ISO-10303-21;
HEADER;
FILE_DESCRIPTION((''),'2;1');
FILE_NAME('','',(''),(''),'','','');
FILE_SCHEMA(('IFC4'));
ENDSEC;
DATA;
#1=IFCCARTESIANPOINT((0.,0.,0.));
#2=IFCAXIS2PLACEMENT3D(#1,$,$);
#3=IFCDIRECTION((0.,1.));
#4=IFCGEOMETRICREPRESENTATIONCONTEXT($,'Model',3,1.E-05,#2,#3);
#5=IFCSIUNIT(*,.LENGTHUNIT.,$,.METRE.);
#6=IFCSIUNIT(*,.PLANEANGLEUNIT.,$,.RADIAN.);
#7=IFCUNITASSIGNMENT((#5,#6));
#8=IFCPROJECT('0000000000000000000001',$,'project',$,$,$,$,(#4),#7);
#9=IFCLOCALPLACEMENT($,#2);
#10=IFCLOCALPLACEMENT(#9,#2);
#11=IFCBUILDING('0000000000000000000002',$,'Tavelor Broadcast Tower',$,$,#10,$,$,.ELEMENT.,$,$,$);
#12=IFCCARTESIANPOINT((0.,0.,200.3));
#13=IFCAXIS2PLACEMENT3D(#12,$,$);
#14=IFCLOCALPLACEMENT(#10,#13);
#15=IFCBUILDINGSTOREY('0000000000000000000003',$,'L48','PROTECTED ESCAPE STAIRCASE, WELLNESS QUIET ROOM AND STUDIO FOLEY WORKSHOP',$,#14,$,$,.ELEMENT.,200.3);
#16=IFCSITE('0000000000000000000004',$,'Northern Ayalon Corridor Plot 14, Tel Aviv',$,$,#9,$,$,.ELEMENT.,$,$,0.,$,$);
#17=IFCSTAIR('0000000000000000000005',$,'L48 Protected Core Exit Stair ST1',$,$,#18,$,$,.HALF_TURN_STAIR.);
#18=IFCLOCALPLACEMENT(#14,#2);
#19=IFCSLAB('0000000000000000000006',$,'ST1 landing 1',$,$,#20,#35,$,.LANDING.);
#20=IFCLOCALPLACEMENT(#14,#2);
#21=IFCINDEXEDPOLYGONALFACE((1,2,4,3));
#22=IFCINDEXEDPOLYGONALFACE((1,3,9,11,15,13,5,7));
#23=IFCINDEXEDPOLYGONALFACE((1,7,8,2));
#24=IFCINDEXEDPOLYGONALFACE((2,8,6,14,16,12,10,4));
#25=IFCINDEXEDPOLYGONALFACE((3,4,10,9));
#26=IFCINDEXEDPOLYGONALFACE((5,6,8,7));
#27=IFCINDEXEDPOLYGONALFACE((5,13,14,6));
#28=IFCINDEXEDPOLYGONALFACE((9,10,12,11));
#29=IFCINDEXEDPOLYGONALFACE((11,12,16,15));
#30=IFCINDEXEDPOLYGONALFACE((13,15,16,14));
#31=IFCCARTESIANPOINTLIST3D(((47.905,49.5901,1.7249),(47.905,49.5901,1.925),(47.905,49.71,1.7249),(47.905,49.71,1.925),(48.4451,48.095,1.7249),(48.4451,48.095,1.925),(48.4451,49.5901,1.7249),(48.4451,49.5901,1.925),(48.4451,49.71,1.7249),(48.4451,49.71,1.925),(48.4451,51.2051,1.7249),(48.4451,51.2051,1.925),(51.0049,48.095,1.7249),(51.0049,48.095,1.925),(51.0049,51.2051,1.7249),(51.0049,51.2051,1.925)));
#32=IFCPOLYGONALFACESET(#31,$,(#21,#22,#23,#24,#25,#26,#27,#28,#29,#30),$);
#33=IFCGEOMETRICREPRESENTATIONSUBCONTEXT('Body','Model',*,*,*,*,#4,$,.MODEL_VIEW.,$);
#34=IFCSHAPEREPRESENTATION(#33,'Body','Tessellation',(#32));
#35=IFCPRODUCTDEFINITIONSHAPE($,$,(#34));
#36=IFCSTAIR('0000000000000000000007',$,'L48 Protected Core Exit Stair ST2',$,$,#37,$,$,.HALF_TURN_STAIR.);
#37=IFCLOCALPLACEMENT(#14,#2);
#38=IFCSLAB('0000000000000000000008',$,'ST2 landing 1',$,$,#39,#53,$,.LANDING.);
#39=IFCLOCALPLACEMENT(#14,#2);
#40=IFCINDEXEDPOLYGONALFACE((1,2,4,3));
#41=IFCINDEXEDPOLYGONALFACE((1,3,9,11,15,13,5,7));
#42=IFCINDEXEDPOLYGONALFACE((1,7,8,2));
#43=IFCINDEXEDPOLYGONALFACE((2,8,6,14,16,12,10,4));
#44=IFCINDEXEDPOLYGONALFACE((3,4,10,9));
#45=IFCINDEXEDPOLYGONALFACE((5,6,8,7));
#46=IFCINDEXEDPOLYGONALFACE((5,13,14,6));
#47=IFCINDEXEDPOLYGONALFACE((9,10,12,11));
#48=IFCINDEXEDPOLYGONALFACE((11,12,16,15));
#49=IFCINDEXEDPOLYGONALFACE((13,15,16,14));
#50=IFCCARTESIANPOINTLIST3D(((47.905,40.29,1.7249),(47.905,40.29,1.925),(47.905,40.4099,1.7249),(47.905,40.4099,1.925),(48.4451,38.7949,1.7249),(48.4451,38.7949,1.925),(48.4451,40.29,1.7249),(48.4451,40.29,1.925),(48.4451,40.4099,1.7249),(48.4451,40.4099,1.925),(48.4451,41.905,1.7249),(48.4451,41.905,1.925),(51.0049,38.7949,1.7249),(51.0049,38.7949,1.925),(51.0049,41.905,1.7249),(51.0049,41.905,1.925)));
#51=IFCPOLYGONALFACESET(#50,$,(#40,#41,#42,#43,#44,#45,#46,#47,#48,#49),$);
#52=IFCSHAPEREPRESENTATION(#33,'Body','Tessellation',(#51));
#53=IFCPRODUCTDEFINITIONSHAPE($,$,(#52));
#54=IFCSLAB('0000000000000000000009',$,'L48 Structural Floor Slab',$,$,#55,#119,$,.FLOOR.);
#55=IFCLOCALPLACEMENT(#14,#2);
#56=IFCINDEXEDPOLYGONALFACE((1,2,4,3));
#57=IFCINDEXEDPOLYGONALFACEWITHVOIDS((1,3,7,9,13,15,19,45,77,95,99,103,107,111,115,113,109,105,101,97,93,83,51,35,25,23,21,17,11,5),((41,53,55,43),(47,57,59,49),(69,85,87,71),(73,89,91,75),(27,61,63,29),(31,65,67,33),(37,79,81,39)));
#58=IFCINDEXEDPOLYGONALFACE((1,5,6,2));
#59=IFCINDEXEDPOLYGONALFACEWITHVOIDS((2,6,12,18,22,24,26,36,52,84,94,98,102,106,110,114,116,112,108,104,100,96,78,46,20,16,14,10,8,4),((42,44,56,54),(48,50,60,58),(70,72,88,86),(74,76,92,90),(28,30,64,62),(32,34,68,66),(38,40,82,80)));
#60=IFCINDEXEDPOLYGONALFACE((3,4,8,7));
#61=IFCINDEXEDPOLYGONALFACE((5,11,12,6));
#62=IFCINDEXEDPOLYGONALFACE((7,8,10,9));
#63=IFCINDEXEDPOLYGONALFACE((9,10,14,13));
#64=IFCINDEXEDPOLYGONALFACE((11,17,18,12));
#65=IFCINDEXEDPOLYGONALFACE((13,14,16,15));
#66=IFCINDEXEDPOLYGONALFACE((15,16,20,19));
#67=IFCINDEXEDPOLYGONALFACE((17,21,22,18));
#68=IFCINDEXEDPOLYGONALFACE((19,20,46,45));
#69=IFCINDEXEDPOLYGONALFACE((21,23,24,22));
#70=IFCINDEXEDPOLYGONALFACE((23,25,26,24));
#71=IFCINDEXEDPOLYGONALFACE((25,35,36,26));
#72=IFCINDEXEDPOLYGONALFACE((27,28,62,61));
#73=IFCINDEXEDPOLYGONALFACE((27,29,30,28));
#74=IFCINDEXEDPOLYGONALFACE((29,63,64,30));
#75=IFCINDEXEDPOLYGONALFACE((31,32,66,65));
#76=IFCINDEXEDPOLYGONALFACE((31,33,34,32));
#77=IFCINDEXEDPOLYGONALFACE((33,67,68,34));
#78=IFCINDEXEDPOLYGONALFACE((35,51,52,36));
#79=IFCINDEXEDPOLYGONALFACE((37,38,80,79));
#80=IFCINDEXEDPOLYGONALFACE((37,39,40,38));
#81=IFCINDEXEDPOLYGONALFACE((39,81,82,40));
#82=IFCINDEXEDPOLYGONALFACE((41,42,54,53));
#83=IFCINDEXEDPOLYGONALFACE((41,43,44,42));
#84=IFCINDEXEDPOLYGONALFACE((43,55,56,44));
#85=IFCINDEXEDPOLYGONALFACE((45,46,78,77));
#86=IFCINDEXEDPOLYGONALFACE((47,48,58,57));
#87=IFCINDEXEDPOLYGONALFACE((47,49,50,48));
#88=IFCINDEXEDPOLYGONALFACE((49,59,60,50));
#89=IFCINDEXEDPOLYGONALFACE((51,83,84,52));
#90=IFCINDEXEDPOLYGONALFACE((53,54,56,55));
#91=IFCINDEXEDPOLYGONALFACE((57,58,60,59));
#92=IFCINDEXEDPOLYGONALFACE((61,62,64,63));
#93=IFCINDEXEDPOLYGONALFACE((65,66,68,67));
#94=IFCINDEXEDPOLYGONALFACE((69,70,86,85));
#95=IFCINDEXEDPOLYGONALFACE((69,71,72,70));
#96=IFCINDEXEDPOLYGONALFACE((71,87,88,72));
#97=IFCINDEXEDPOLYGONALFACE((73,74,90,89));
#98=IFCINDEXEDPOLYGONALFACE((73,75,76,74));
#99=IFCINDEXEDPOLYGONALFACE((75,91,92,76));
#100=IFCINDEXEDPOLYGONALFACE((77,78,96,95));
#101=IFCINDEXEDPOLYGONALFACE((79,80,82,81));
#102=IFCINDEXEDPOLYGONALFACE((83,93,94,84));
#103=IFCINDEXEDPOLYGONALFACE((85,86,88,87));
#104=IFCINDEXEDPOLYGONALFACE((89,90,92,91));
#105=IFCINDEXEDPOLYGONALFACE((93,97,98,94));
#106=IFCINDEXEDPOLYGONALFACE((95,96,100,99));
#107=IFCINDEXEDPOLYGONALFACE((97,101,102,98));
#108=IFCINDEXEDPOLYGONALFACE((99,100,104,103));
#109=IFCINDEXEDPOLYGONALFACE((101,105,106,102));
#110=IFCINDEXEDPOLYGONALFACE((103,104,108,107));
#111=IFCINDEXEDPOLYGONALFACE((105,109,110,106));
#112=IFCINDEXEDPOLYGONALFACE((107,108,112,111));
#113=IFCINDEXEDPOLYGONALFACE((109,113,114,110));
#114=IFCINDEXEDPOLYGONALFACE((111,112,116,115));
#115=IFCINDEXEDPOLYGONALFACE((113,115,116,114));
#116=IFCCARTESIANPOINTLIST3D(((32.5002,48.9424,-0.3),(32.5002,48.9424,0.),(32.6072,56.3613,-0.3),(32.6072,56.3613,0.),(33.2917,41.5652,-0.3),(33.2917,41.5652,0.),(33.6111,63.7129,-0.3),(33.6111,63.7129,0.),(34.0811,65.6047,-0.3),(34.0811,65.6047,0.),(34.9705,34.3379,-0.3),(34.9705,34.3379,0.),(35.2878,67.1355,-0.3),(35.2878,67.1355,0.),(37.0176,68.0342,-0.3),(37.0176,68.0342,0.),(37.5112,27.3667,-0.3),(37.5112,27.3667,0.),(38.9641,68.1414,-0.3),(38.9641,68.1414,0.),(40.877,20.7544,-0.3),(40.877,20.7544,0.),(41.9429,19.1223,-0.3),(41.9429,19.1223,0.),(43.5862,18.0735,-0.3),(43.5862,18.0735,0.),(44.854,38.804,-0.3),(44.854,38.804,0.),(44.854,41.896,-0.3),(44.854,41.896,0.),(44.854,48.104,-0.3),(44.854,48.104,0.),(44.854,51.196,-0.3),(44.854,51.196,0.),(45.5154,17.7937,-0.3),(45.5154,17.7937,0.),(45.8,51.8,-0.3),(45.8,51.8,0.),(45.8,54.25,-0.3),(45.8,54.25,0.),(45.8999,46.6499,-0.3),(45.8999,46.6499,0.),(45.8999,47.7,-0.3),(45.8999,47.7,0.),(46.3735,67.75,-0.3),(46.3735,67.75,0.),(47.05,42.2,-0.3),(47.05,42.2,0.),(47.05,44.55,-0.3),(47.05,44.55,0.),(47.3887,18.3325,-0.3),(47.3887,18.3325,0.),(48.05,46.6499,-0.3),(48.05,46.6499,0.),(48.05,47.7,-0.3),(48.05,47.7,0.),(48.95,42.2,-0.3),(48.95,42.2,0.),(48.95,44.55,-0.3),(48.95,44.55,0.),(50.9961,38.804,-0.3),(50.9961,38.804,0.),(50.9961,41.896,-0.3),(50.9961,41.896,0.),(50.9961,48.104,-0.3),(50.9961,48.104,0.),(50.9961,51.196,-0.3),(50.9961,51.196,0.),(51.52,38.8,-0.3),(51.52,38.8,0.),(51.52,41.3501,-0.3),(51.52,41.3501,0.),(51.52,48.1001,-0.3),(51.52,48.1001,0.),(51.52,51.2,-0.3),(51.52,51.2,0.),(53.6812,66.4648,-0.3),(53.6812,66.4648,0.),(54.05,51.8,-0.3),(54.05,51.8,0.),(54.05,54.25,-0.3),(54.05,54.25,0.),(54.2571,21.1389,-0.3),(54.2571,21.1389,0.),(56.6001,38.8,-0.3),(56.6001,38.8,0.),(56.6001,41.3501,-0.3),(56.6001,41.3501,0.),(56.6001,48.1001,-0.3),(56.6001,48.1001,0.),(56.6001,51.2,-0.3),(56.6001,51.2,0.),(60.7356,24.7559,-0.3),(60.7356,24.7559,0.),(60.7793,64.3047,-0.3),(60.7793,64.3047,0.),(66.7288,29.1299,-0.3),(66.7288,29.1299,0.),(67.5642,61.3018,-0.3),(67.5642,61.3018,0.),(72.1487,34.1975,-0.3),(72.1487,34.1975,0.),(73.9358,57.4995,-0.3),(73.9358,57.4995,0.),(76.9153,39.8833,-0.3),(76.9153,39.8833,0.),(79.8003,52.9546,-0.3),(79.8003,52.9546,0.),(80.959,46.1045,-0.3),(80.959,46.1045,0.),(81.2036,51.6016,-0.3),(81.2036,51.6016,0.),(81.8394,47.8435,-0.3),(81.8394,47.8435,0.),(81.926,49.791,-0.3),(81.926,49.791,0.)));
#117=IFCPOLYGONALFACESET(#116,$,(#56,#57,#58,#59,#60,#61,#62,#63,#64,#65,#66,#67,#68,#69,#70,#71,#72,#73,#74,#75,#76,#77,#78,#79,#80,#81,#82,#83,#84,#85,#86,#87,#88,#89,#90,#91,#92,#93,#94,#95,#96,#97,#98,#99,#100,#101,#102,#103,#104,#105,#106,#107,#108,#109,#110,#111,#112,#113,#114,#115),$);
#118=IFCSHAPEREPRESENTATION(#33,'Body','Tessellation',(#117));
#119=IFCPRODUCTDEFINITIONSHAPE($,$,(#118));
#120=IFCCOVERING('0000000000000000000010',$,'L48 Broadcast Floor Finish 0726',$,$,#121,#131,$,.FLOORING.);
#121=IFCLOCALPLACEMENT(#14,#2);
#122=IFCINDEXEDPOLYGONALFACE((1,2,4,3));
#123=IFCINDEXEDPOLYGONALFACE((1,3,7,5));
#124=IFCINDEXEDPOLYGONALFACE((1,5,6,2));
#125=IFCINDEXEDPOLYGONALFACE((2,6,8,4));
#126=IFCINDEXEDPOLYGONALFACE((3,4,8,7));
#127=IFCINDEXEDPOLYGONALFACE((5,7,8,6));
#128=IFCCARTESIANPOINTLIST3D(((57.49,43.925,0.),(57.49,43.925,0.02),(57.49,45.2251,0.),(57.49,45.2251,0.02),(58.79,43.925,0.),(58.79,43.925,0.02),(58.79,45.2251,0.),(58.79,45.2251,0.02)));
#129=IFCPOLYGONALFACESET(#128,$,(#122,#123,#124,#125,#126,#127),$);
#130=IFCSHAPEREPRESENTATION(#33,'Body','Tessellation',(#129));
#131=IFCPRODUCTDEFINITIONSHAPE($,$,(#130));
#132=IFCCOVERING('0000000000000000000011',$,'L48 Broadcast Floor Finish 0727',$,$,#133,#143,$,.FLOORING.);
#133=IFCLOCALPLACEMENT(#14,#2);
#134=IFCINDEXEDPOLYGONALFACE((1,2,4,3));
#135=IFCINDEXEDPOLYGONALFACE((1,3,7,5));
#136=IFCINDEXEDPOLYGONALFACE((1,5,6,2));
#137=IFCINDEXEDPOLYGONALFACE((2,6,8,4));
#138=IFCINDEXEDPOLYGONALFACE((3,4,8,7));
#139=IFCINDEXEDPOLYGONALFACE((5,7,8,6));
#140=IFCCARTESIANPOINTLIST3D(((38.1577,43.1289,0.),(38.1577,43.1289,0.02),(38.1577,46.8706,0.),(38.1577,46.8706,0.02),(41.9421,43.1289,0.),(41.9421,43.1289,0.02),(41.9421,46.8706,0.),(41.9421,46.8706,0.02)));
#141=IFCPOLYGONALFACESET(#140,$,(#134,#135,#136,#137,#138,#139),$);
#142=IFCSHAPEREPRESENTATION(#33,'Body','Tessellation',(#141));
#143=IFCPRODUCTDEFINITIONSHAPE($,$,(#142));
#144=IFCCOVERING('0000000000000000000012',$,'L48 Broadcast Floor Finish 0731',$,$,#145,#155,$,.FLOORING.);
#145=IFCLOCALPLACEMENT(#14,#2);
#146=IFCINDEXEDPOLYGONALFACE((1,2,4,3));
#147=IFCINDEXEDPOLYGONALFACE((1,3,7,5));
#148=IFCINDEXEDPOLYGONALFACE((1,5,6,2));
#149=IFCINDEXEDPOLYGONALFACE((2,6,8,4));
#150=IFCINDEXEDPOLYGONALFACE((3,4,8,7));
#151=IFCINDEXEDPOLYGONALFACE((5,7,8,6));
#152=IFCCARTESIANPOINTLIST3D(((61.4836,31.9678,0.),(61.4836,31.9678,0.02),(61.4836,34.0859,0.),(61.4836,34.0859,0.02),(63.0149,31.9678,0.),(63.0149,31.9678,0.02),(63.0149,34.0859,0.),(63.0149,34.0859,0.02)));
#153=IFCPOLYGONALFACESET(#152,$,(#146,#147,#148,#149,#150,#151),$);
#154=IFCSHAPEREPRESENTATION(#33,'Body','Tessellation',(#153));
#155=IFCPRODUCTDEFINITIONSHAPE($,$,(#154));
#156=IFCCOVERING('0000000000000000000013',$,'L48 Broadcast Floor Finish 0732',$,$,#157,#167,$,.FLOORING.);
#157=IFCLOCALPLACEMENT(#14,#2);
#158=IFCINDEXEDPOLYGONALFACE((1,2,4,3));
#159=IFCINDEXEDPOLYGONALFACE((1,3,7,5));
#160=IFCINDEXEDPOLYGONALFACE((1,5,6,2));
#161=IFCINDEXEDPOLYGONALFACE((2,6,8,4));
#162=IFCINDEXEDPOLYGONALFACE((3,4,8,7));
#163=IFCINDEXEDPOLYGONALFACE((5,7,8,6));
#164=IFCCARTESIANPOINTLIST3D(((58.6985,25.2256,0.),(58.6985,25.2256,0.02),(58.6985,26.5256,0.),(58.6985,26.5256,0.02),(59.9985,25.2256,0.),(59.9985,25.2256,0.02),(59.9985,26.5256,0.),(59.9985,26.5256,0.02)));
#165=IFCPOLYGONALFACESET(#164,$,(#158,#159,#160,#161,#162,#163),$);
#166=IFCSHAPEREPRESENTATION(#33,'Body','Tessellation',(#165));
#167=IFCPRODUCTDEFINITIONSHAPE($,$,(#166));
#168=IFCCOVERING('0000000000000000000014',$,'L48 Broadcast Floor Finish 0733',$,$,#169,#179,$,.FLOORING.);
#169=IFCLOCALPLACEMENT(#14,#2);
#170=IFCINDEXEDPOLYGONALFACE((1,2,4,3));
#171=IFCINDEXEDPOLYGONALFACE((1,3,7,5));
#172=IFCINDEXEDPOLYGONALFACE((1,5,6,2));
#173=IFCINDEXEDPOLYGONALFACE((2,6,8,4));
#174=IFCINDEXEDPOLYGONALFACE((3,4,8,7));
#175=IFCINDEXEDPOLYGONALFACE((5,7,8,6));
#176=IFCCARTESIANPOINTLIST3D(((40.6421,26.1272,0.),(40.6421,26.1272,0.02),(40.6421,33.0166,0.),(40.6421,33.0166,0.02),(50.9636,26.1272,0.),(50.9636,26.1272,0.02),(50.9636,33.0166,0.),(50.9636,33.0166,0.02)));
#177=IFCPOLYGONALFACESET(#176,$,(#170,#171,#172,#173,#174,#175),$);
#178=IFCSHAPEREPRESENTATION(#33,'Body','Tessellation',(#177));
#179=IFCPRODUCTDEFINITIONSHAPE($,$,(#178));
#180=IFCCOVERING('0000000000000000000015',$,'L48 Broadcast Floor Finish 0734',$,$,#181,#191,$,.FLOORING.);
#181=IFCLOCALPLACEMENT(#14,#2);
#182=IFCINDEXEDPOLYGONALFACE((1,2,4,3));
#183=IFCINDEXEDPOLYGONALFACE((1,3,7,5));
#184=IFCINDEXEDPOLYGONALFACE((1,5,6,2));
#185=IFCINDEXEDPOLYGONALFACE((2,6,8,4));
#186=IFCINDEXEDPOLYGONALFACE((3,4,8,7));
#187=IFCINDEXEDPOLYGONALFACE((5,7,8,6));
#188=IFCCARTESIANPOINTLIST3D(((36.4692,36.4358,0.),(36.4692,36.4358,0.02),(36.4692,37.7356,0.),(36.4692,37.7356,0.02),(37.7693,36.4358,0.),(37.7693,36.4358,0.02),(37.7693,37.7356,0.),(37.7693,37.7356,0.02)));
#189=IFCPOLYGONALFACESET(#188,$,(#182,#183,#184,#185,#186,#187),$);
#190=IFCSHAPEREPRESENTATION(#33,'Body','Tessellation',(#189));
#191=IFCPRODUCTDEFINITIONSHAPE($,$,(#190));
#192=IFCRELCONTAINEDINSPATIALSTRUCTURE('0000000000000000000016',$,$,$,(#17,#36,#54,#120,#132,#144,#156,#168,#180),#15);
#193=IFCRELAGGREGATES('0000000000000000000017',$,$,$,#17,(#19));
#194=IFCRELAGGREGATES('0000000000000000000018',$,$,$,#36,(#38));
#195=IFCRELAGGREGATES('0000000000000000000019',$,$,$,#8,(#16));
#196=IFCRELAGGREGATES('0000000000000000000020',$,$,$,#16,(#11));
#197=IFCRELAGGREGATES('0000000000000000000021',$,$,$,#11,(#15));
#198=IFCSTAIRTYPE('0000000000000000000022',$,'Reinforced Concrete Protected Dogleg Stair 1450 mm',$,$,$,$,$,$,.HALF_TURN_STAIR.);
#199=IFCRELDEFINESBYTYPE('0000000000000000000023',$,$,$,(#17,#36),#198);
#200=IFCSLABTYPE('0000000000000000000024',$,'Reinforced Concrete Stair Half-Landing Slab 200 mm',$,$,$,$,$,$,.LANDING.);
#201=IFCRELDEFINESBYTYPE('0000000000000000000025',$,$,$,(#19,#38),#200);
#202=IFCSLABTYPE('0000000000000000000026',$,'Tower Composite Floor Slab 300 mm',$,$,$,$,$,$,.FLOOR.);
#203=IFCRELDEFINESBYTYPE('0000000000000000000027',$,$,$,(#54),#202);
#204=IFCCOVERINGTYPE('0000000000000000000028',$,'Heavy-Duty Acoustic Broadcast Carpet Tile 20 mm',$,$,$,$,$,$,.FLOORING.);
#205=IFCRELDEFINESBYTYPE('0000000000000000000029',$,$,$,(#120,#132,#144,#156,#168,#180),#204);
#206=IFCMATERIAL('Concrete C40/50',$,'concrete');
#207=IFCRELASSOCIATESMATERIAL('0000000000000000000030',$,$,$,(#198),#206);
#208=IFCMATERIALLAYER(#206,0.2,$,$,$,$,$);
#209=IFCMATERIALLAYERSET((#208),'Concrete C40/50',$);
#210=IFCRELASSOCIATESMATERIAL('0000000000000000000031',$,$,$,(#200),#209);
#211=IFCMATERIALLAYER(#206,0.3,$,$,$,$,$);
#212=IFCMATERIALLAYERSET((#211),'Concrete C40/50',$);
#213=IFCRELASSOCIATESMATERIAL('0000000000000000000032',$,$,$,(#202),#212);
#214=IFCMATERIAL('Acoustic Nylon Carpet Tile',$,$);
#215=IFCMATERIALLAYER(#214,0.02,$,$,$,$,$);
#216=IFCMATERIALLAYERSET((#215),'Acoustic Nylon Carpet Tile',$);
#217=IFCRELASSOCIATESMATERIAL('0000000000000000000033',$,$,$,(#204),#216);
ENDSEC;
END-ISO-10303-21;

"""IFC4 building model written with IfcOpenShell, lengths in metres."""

from ifc_helpers import new_model, si_unit, direction, frame, origin, place, context, subcontext, project, spatial, polyline, outline, extrude, material, layer, layer_set, type_object, element, aggregate, save


model = new_model("IFC4")

# Units and contexts
model_context = context("Model", 3, precision=1e-05, world=origin(), true_north=direction((0.0, 1.0)))
body_context = subcontext(model_context, "Body", "Model", "MODEL_VIEW")
ifc_project = project(units=[si_unit("LENGTHUNIT", "METRE"), si_unit("PLANEANGLEUNIT", "RADIAN")], contexts=[model_context])

# Site, building, storey
site_placement = place(None, origin())
site = spatial("IfcSite", under=ifc_project, at=site_placement, Name="Northern Ayalon Corridor Plot 14, Tel Aviv", CompositionType="ELEMENT", RefElevation=0.0)
building_placement = place(site_placement, origin())
building = spatial("IfcBuilding", under=site, at=building_placement, Name="Tavelor Broadcast Tower", CompositionType="ELEMENT")
storey_placement = place(building_placement, frame((0.0, 0.0, 200.3)))
storey = spatial("IfcBuildingStorey", under=building, at=storey_placement, Name="L48", Description="PROTECTED ESCAPE STAIRCASE, WELLNESS QUIET ROOM AND STUDIO FOLEY WORKSHOP", CompositionType="ELEMENT", Elevation=200.3)

# Stairs, slabs
ifc_material_1 = material(Name="Concrete C40/50", Category="concrete")
stair_type = type_object("IfcStairType", Name="Reinforced Concrete Protected Dogleg Stair 1450 mm", PredefinedType="HALF_TURN_STAIR", material=ifc_material_1)
stair_1_placement = place(storey_placement, origin())
stair_1 = element("IfcStair", 1, at=stair_1_placement, inside=storey, type_object=stair_type, Name="L48 Protected Core Exit Stair ST1", PredefinedType="HALF_TURN_STAIR")
ifc_layer_1 = layer(ifc_material_1, 0.2)
ifc_layer_set_1 = layer_set([ifc_layer_1], Name="Concrete C40/50")
slab_type_1 = type_object("IfcSlabType", Name="Reinforced Concrete Stair Half-Landing Slab 200 mm", PredefinedType="LANDING", material=ifc_layer_set_1)
slab_1_placement = place(storey_placement, frame((0.0, 0.0, 1.7249)))
slab_1 = element("IfcSlab", 2, at=slab_1_placement, type_object=slab_type_1, Name="ST1 landing 1", PredefinedType="LANDING", context=body_context, shape_type="SweptSolid", body=[
    extrude(outline(polyline([(48.4451, 49.5901), (48.4451, 48.095), (51.0049, 48.095), (51.0049, 51.2051), (48.4451, 51.2051), (48.4451, 49.71), (47.905, 49.71), (47.905, 49.5901), (48.4451, 49.5901)])), origin(), (0.0, 0.0, 1.0), 0.2002),
])
aggregate(stair_1, [slab_1])
stair_2_placement = place(storey_placement, origin())
stair_2 = element("IfcStair", 3, at=stair_2_placement, inside=storey, type_object=stair_type, Name="L48 Protected Core Exit Stair ST2", PredefinedType="HALF_TURN_STAIR")
slab_2_placement = place(storey_placement, frame((0.0, 0.0, 1.7249)))
slab_2 = element("IfcSlab", 4, at=slab_2_placement, type_object=slab_type_1, Name="ST2 landing 1", PredefinedType="LANDING", context=body_context, shape_type="SweptSolid", body=[
    extrude(outline(polyline([(48.4451, 40.29), (48.4451, 38.7949), (51.0049, 38.7949), (51.0049, 41.905), (48.4451, 41.905), (48.4451, 40.4099), (47.905, 40.4099), (47.905, 40.29), (48.4451, 40.29)])), origin(), (0.0, 0.0, 1.0), 0.2002),
])
aggregate(stair_2, [slab_2])

# Slab
ifc_layer_2 = layer(ifc_material_1, 0.3)
ifc_layer_set_2 = layer_set([ifc_layer_2], Name="Concrete C40/50")
slab_type_2 = type_object("IfcSlabType", Name="Tower Composite Floor Slab 300 mm", PredefinedType="FLOOR", material=ifc_layer_set_2)
slab_3_placement = place(storey_placement, frame((0.0, 0.0, -0.3)))
element("IfcSlab", 5, at=slab_3_placement, inside=storey, type_object=slab_type_2, Name="L48 Structural Floor Slab", PredefinedType="FLOOR", context=body_context, shape_type="SweptSolid", body=[
    extrude(outline(polyline([(38.9641, 68.1414), (37.0176, 68.0342), (35.2878, 67.1355), (34.0811, 65.6047), (33.6111, 63.7129), (32.6072, 56.3613), (32.5002, 48.9424), (33.2917, 41.5652), (34.9705, 34.3379), (37.5112, 27.3667), (40.877, 20.7544), (41.9429, 19.1223), (43.5862, 18.0735), (45.5154, 17.7937), (47.3887, 18.3325), (54.2571, 21.1389), (60.7356, 24.7559), (66.7288, 29.1299), (72.1487, 34.1975), (76.9153, 39.8833), (80.959, 46.1045), (81.8394, 47.8435), (81.926, 49.791), (81.2036, 51.6016), (79.8003, 52.9546), (73.9358, 57.4995), (67.5642, 61.3018), (60.7793, 64.3047), (53.6812, 66.4648), (46.3735, 67.75), (38.9641, 68.1414)]), holes=[polyline([(56.6001, 41.3501), (56.6001, 38.8), (51.52, 38.8), (51.52, 41.3501), (56.6001, 41.3501)]), polyline([(50.9961, 38.804), (44.854, 38.804), (44.854, 41.896), (50.9961, 41.896), (50.9961, 38.804)]), polyline([(47.05, 42.2), (47.05, 44.55), (48.95, 44.55), (48.95, 42.2), (47.05, 42.2)]), polyline([(48.05, 46.6499), (45.8999, 46.6499), (45.8999, 47.7), (48.05, 47.7), (48.05, 46.6499)]), polyline([(50.9961, 48.104), (44.854, 48.104), (44.854, 51.196), (50.9961, 51.196), (50.9961, 48.104)]), polyline([(56.6001, 48.1001), (51.52, 48.1001), (51.52, 51.2), (56.6001, 51.2), (56.6001, 48.1001)]), polyline([(54.05, 51.8), (45.8, 51.8), (45.8, 54.25), (54.05, 54.25), (54.05, 51.8)])]), origin(), (0.0, 0.0, 1.0), 0.3),
])

# Coverings
ifc_material_2 = material(Name="Acoustic Nylon Carpet Tile")
ifc_layer_3 = layer(ifc_material_2, 0.02)
ifc_layer_set_3 = layer_set([ifc_layer_3], Name="Acoustic Nylon Carpet Tile")
covering_type_1 = type_object("IfcCoveringType", Name="Heavy-Duty Acoustic Broadcast Carpet Tile 20 mm", PredefinedType="FLOORING", material=ifc_layer_set_3)
covering_1_placement = place(storey_placement, origin())
element("IfcCovering", 6, at=covering_1_placement, inside=storey, type_object=covering_type_1, Name="L48 Broadcast Floor Finish 0726", PredefinedType="FLOORING", context=body_context, shape_type="SweptSolid", body=[
    extrude(outline(polyline([(57.49, 43.925), (58.79, 43.925), (58.79, 45.2251), (57.49, 45.2251), (57.49, 43.925)])), origin(), (0.0, 0.0, 1.0), 0.02),
])
covering_2_placement = place(storey_placement, origin())
element("IfcCovering", 7, at=covering_2_placement, inside=storey, type_object=covering_type_1, Name="L48 Broadcast Floor Finish 0727", PredefinedType="FLOORING", context=body_context, shape_type="SweptSolid", body=[
    extrude(outline(polyline([(38.1577, 43.1289), (41.9421, 43.1289), (41.9421, 46.8706), (38.1577, 46.8706), (38.1577, 43.1289)])), origin(), (0.0, 0.0, 1.0), 0.02),
])
covering_3_placement = place(storey_placement, origin())
element("IfcCovering", 8, at=covering_3_placement, inside=storey, type_object=covering_type_1, Name="L48 Broadcast Floor Finish 0731", PredefinedType="FLOORING", context=body_context, shape_type="SweptSolid", body=[
    extrude(outline(polyline([(61.4836, 31.9678), (63.0149, 31.9678), (63.0149, 34.0859), (61.4836, 34.0859), (61.4836, 31.9678)])), origin(), (0.0, 0.0, 1.0), 0.02),
])
covering_4_placement = place(storey_placement, origin())
element("IfcCovering", 9, at=covering_4_placement, inside=storey, type_object=covering_type_1, Name="L48 Broadcast Floor Finish 0732", PredefinedType="FLOORING", context=body_context, shape_type="SweptSolid", body=[
    extrude(outline(polyline([(58.6985, 25.2256), (59.9985, 25.2256), (59.9985, 26.5256), (58.6985, 26.5256), (58.6985, 25.2256)])), origin(), (0.0, 0.0, 1.0), 0.02),
])
covering_5_placement = place(storey_placement, origin())
element("IfcCovering", 10, at=covering_5_placement, inside=storey, type_object=covering_type_1, Name="L48 Broadcast Floor Finish 0733", PredefinedType="FLOORING", context=body_context, shape_type="SweptSolid", body=[
    extrude(outline(polyline([(40.6421, 26.1272), (50.9636, 26.1272), (50.9636, 33.0166), (40.6421, 33.0166), (40.6421, 26.1272)])), origin(), (0.0, 0.0, 1.0), 0.02),
])
covering_6_placement = place(storey_placement, origin())
element("IfcCovering", 11, at=covering_6_placement, inside=storey, type_object=covering_type_1, Name="L48 Broadcast Floor Finish 0734", PredefinedType="FLOORING", context=body_context, shape_type="SweptSolid", body=[
    extrude(outline(polyline([(36.4692, 36.4358), (37.7693, 36.4358), (37.7693, 37.7356), (36.4692, 37.7356), (36.4692, 36.4358)])), origin(), (0.0, 0.0, 1.0), 0.02),
])

save(model, "model.ifc")
